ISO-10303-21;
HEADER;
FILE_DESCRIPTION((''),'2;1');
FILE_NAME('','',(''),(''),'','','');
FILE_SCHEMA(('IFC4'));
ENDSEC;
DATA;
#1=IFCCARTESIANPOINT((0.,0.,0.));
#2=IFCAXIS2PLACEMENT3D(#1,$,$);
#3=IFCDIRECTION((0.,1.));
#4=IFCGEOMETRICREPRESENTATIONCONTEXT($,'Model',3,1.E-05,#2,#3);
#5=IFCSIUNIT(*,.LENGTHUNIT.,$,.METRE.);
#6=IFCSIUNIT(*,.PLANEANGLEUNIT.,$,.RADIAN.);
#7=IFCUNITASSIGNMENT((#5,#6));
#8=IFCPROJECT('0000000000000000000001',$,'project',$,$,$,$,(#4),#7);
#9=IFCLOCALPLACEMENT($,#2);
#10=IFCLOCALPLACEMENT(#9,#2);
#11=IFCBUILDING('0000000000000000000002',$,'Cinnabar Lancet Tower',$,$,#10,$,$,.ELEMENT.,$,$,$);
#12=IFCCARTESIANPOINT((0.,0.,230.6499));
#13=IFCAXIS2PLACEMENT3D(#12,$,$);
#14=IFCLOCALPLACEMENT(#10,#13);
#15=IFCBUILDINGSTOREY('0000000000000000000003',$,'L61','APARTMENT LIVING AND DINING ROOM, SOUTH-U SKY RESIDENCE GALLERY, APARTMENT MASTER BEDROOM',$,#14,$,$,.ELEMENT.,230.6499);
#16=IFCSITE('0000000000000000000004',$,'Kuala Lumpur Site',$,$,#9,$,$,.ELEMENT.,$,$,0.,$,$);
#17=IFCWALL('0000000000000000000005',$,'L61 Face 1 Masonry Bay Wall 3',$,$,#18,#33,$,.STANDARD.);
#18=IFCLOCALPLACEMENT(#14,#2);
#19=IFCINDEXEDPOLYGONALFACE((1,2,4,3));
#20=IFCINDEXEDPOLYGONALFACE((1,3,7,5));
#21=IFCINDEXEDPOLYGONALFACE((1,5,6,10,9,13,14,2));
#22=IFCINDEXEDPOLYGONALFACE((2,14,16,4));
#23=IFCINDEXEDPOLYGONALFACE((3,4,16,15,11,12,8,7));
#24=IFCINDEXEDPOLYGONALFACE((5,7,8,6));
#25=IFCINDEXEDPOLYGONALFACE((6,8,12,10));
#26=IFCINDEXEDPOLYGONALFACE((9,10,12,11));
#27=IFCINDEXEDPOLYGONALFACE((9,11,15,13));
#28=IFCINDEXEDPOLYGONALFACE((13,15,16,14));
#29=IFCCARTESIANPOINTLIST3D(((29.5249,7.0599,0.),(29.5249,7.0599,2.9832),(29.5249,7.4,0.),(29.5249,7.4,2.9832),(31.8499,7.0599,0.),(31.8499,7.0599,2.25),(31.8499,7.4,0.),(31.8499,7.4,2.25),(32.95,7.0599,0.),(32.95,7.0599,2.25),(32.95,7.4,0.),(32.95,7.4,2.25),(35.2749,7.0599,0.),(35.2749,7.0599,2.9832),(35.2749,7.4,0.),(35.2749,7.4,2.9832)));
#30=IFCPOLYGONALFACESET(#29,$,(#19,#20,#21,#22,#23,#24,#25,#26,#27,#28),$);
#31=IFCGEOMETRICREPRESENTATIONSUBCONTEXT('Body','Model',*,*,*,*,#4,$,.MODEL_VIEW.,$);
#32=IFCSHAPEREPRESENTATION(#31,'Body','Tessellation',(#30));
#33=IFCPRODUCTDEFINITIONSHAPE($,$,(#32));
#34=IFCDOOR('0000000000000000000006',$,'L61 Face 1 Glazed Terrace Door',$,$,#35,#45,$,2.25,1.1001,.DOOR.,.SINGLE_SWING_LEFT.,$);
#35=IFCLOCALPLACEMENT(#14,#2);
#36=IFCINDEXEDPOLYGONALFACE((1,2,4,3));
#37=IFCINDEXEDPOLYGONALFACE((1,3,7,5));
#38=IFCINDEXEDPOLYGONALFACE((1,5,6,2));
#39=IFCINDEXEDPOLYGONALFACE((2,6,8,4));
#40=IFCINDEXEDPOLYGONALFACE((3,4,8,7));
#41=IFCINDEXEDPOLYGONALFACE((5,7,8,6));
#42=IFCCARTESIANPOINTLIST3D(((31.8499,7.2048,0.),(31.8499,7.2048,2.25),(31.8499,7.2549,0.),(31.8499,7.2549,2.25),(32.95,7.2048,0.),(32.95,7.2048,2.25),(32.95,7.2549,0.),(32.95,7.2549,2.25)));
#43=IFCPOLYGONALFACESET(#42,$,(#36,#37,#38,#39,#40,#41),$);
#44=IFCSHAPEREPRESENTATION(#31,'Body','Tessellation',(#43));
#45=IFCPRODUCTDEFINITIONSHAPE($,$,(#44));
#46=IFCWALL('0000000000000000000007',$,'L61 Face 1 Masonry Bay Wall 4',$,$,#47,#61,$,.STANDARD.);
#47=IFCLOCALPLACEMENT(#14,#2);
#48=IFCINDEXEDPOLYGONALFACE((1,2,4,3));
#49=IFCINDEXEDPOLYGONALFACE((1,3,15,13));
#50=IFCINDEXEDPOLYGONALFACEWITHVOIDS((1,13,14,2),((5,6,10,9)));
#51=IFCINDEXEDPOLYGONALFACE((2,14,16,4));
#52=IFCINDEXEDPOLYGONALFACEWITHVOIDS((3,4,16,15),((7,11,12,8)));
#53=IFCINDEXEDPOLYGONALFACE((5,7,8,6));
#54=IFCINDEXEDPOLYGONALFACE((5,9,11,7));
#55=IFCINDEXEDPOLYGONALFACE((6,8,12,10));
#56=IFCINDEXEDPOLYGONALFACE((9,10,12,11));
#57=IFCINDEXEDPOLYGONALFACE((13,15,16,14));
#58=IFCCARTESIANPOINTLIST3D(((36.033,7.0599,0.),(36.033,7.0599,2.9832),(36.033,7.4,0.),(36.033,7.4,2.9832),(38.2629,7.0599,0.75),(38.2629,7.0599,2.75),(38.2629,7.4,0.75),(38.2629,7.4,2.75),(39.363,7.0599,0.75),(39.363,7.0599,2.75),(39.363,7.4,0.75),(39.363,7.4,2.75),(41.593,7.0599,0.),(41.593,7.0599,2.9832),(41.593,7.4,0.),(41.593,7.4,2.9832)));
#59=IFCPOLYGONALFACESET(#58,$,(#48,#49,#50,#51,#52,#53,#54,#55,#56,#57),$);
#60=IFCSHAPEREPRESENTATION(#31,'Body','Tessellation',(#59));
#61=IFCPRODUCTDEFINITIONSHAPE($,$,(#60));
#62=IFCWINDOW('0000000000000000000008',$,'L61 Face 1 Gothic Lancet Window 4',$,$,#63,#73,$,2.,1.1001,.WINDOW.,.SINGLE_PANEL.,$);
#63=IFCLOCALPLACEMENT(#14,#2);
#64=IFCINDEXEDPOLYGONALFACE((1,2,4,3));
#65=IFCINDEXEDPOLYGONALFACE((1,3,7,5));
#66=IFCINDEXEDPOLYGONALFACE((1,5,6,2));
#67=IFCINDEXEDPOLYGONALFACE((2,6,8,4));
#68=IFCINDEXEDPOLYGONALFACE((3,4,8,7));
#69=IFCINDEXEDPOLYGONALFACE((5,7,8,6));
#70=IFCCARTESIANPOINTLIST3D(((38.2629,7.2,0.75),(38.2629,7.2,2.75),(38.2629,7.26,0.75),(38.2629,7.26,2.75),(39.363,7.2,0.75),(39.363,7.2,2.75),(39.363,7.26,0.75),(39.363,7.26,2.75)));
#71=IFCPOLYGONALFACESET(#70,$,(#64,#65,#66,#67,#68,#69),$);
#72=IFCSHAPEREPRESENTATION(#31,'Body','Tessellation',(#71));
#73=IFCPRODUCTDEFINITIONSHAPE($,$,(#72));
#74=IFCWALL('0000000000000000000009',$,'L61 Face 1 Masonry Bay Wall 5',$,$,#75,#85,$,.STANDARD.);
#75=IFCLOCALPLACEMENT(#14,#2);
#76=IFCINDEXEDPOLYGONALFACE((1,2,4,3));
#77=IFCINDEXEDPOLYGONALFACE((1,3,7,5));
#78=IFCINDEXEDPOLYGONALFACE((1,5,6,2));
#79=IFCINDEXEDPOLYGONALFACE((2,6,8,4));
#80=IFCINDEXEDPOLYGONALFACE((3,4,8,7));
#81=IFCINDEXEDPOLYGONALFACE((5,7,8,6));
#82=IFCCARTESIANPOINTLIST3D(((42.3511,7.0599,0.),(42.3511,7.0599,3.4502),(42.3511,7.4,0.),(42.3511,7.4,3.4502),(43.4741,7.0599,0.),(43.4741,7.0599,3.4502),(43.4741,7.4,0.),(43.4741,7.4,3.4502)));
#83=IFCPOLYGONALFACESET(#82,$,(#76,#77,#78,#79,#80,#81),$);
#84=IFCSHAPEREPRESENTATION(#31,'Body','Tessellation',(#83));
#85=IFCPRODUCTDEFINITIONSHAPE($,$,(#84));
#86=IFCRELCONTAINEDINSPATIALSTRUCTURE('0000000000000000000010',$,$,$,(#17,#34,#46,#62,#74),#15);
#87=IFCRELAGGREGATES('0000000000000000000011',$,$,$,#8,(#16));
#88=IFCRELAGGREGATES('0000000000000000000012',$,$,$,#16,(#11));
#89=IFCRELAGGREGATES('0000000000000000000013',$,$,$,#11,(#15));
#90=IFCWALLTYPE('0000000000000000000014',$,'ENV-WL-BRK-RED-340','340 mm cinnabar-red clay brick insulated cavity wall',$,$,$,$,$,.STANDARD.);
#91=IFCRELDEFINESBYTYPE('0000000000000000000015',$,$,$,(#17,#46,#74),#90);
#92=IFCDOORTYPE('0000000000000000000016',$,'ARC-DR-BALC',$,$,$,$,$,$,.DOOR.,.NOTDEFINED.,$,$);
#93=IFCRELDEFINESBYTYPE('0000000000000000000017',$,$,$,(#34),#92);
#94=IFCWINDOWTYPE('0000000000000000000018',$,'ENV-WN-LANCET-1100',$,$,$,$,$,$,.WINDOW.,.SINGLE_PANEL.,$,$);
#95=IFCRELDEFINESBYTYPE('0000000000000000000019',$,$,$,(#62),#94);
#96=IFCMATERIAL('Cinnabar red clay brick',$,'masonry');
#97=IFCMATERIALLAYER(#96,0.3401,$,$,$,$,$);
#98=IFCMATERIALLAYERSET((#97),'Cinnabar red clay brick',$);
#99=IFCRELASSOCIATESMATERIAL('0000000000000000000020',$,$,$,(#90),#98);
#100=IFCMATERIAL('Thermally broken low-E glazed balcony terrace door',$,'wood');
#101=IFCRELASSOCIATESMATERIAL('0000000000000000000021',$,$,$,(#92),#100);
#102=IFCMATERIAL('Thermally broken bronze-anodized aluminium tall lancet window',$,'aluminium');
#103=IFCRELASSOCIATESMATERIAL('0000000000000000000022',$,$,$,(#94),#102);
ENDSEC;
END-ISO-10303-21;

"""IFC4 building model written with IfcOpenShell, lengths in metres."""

from ifc_helpers import new_model, si_unit, direction, frame, frame_2d, origin, place, context, subcontext, project, spatial, rectangle, extrude, material, layer, layer_set, type_object, element, fill, save


model = new_model("IFC4")

# Units and contexts
model_context = context("Model", 3, precision=1e-05, world=origin(), true_north=direction((0.0, 1.0)))
body_context = subcontext(model_context, "Body", "Model", "MODEL_VIEW")
ifc_project = project(units=[si_unit("LENGTHUNIT", "METRE"), si_unit("PLANEANGLEUNIT", "RADIAN")], contexts=[model_context])

# Site, building, storey
site_placement = place(None, origin())
site = spatial("IfcSite", under=ifc_project, at=site_placement, Name="Kuala Lumpur Site", CompositionType="ELEMENT", RefElevation=0.0)
building_placement = place(site_placement, origin())
building = spatial("IfcBuilding", under=site, at=building_placement, Name="Cinnabar Lancet Tower", CompositionType="ELEMENT")
storey_placement = place(building_placement, frame((0.0, 0.0, 230.6499)))
storey = spatial("IfcBuildingStorey", under=building, at=storey_placement, Name="L61", Description="APARTMENT LIVING AND DINING ROOM, SOUTH-U SKY RESIDENCE GALLERY, APARTMENT MASTER BEDROOM", CompositionType="ELEMENT", Elevation=230.6499)

# Shared definitions
ifc_material_1 = material(Name="Cinnabar red clay brick", Category="masonry")
ifc_layer_1 = layer(ifc_material_1, 0.3401)
ifc_layer_set_1 = layer_set([ifc_layer_1], Name="Cinnabar red clay brick")
wall_type_1 = type_object("IfcWallType", Name="ENV-WL-BRK-RED-340", Description="340 mm cinnabar-red clay brick insulated cavity wall", PredefinedType="STANDARD", material=ifc_layer_set_1)

# Wall, opening, door
wall_1_placement = place(storey_placement, frame((29.5249, 7.23, 0.0), z_axis=(0.0, 0.0, 1.0), x_axis=(1.0, 0.0, 0.0)))
wall_1 = element("IfcWall", 1, at=wall_1_placement, inside=storey, type_object=wall_type_1, Name="L61 Face 1 Masonry Bay Wall 3", PredefinedType="STANDARD", context=body_context, shape_type="SweptSolid", body=[
    extrude(rectangle(XDim=5.75, YDim=0.3401, at=frame_2d((2.875, 0.0))), origin(), (0.0, 0.0, 1.0), 2.9832),
])
opening_1_placement = place(wall_1_placement, frame((2.325, 0.0, 0.0)))
opening_1 = element("IfcOpeningElement", 2, at=opening_1_placement, cuts=wall_1, PredefinedType="OPENING", context=body_context, shape_type="SweptSolid", body=[
    extrude(rectangle(XDim=1.1001, YDim=2.25, at=frame_2d((0.55, 1.125))), frame((0.0, 0.1799, 0.0), z_axis=(0.0, -1.0, 0.0), x_axis=(1.0, 0.0, 0.0)), (0.0, 0.0, 1.0), 0.3601),
])
ifc_material_2 = material(Name="Thermally broken low-E glazed balcony terrace door", Category="wood")
door_type_1 = type_object("IfcDoorType", Name="ARC-DR-BALC", OperationType="NOTDEFINED", PredefinedType="DOOR", material=ifc_material_2)
door_1_placement = place(opening_1_placement, origin())
door_1 = element("IfcDoor", 3, at=door_1_placement, inside=storey, type_object=door_type_1, Name="L61 Face 1 Glazed Terrace Door", OperationType="SINGLE_SWING_LEFT", OverallHeight=2.25, OverallWidth=1.1001, PredefinedType="DOOR", context=body_context, shape_type="SweptSolid", body=[
    extrude(rectangle(XDim=1.1001, YDim=2.25, at=frame_2d((0.55, 1.125))), frame((0.0, 0.0249, 0.0), z_axis=(0.0, -1.0, 0.0), x_axis=(1.0, 0.0, 0.0)), (0.0, 0.0, 1.0), 0.05),
])
fill(opening_1, door_1)

# Wall, opening, window
wall_2_placement = place(storey_placement, frame((36.033, 7.23, 0.0), z_axis=(0.0, 0.0, 1.0), x_axis=(1.0, 0.0, 0.0)))
wall_2 = element("IfcWall", 4, at=wall_2_placement, inside=storey, type_object=wall_type_1, Name="L61 Face 1 Masonry Bay Wall 4", PredefinedType="STANDARD", context=body_context, shape_type="SweptSolid", body=[
    extrude(rectangle(XDim=5.5601, YDim=0.3401, at=frame_2d((2.78, 0.0))), origin(), (0.0, 0.0, 1.0), 2.9832),
])
opening_2_placement = place(wall_2_placement, frame((2.23, 0.0, 0.75)))
opening_2 = element("IfcOpeningElement", 5, at=opening_2_placement, cuts=wall_2, PredefinedType="OPENING", context=body_context, shape_type="SweptSolid", body=[
    extrude(rectangle(XDim=1.1001, YDim=2.0, at=frame_2d((0.55, 1.0))), frame((0.0, 0.1799, 0.0), z_axis=(0.0, -1.0, 0.0), x_axis=(1.0, 0.0, 0.0)), (0.0, 0.0, 1.0), 0.3601),
])
ifc_material_3 = material(Name="Thermally broken bronze-anodized aluminium tall lancet window", Category="aluminium")
window_type = type_object("IfcWindowType", Name="ENV-WN-LANCET-1100", PartitioningType="SINGLE_PANEL", PredefinedType="WINDOW", material=ifc_material_3)
window_placement = place(opening_2_placement, origin())
window = element("IfcWindow", 6, at=window_placement, inside=storey, type_object=window_type, Name="L61 Face 1 Gothic Lancet Window 4", OverallHeight=2.0, OverallWidth=1.1001, PartitioningType="SINGLE_PANEL", PredefinedType="WINDOW", context=body_context, shape_type="SweptSolid", body=[
    extrude(rectangle(XDim=1.1001, YDim=2.0, at=frame_2d((0.55, 1.0))), frame((0.0, 0.03, 0.0), z_axis=(0.0, -1.0, 0.0), x_axis=(1.0, 0.0, 0.0)), (0.0, 0.0, 1.0), 0.0601),
])
fill(opening_2, window)

# Wall
wall_3_placement = place(storey_placement, frame((42.3511, 7.23, 0.0), z_axis=(0.0, 0.0, 1.0), x_axis=(1.0, 0.0, 0.0)))
element("IfcWall", 7, at=wall_3_placement, inside=storey, type_object=wall_type_1, Name="L61 Face 1 Masonry Bay Wall 5", PredefinedType="STANDARD", context=body_context, shape_type="SweptSolid", body=[
    extrude(rectangle(XDim=1.123, YDim=0.3401, at=frame_2d((0.5615, 0.0))), origin(), (0.0, 0.0, 1.0), 3.4502),
])

save(model, "model.ifc")
